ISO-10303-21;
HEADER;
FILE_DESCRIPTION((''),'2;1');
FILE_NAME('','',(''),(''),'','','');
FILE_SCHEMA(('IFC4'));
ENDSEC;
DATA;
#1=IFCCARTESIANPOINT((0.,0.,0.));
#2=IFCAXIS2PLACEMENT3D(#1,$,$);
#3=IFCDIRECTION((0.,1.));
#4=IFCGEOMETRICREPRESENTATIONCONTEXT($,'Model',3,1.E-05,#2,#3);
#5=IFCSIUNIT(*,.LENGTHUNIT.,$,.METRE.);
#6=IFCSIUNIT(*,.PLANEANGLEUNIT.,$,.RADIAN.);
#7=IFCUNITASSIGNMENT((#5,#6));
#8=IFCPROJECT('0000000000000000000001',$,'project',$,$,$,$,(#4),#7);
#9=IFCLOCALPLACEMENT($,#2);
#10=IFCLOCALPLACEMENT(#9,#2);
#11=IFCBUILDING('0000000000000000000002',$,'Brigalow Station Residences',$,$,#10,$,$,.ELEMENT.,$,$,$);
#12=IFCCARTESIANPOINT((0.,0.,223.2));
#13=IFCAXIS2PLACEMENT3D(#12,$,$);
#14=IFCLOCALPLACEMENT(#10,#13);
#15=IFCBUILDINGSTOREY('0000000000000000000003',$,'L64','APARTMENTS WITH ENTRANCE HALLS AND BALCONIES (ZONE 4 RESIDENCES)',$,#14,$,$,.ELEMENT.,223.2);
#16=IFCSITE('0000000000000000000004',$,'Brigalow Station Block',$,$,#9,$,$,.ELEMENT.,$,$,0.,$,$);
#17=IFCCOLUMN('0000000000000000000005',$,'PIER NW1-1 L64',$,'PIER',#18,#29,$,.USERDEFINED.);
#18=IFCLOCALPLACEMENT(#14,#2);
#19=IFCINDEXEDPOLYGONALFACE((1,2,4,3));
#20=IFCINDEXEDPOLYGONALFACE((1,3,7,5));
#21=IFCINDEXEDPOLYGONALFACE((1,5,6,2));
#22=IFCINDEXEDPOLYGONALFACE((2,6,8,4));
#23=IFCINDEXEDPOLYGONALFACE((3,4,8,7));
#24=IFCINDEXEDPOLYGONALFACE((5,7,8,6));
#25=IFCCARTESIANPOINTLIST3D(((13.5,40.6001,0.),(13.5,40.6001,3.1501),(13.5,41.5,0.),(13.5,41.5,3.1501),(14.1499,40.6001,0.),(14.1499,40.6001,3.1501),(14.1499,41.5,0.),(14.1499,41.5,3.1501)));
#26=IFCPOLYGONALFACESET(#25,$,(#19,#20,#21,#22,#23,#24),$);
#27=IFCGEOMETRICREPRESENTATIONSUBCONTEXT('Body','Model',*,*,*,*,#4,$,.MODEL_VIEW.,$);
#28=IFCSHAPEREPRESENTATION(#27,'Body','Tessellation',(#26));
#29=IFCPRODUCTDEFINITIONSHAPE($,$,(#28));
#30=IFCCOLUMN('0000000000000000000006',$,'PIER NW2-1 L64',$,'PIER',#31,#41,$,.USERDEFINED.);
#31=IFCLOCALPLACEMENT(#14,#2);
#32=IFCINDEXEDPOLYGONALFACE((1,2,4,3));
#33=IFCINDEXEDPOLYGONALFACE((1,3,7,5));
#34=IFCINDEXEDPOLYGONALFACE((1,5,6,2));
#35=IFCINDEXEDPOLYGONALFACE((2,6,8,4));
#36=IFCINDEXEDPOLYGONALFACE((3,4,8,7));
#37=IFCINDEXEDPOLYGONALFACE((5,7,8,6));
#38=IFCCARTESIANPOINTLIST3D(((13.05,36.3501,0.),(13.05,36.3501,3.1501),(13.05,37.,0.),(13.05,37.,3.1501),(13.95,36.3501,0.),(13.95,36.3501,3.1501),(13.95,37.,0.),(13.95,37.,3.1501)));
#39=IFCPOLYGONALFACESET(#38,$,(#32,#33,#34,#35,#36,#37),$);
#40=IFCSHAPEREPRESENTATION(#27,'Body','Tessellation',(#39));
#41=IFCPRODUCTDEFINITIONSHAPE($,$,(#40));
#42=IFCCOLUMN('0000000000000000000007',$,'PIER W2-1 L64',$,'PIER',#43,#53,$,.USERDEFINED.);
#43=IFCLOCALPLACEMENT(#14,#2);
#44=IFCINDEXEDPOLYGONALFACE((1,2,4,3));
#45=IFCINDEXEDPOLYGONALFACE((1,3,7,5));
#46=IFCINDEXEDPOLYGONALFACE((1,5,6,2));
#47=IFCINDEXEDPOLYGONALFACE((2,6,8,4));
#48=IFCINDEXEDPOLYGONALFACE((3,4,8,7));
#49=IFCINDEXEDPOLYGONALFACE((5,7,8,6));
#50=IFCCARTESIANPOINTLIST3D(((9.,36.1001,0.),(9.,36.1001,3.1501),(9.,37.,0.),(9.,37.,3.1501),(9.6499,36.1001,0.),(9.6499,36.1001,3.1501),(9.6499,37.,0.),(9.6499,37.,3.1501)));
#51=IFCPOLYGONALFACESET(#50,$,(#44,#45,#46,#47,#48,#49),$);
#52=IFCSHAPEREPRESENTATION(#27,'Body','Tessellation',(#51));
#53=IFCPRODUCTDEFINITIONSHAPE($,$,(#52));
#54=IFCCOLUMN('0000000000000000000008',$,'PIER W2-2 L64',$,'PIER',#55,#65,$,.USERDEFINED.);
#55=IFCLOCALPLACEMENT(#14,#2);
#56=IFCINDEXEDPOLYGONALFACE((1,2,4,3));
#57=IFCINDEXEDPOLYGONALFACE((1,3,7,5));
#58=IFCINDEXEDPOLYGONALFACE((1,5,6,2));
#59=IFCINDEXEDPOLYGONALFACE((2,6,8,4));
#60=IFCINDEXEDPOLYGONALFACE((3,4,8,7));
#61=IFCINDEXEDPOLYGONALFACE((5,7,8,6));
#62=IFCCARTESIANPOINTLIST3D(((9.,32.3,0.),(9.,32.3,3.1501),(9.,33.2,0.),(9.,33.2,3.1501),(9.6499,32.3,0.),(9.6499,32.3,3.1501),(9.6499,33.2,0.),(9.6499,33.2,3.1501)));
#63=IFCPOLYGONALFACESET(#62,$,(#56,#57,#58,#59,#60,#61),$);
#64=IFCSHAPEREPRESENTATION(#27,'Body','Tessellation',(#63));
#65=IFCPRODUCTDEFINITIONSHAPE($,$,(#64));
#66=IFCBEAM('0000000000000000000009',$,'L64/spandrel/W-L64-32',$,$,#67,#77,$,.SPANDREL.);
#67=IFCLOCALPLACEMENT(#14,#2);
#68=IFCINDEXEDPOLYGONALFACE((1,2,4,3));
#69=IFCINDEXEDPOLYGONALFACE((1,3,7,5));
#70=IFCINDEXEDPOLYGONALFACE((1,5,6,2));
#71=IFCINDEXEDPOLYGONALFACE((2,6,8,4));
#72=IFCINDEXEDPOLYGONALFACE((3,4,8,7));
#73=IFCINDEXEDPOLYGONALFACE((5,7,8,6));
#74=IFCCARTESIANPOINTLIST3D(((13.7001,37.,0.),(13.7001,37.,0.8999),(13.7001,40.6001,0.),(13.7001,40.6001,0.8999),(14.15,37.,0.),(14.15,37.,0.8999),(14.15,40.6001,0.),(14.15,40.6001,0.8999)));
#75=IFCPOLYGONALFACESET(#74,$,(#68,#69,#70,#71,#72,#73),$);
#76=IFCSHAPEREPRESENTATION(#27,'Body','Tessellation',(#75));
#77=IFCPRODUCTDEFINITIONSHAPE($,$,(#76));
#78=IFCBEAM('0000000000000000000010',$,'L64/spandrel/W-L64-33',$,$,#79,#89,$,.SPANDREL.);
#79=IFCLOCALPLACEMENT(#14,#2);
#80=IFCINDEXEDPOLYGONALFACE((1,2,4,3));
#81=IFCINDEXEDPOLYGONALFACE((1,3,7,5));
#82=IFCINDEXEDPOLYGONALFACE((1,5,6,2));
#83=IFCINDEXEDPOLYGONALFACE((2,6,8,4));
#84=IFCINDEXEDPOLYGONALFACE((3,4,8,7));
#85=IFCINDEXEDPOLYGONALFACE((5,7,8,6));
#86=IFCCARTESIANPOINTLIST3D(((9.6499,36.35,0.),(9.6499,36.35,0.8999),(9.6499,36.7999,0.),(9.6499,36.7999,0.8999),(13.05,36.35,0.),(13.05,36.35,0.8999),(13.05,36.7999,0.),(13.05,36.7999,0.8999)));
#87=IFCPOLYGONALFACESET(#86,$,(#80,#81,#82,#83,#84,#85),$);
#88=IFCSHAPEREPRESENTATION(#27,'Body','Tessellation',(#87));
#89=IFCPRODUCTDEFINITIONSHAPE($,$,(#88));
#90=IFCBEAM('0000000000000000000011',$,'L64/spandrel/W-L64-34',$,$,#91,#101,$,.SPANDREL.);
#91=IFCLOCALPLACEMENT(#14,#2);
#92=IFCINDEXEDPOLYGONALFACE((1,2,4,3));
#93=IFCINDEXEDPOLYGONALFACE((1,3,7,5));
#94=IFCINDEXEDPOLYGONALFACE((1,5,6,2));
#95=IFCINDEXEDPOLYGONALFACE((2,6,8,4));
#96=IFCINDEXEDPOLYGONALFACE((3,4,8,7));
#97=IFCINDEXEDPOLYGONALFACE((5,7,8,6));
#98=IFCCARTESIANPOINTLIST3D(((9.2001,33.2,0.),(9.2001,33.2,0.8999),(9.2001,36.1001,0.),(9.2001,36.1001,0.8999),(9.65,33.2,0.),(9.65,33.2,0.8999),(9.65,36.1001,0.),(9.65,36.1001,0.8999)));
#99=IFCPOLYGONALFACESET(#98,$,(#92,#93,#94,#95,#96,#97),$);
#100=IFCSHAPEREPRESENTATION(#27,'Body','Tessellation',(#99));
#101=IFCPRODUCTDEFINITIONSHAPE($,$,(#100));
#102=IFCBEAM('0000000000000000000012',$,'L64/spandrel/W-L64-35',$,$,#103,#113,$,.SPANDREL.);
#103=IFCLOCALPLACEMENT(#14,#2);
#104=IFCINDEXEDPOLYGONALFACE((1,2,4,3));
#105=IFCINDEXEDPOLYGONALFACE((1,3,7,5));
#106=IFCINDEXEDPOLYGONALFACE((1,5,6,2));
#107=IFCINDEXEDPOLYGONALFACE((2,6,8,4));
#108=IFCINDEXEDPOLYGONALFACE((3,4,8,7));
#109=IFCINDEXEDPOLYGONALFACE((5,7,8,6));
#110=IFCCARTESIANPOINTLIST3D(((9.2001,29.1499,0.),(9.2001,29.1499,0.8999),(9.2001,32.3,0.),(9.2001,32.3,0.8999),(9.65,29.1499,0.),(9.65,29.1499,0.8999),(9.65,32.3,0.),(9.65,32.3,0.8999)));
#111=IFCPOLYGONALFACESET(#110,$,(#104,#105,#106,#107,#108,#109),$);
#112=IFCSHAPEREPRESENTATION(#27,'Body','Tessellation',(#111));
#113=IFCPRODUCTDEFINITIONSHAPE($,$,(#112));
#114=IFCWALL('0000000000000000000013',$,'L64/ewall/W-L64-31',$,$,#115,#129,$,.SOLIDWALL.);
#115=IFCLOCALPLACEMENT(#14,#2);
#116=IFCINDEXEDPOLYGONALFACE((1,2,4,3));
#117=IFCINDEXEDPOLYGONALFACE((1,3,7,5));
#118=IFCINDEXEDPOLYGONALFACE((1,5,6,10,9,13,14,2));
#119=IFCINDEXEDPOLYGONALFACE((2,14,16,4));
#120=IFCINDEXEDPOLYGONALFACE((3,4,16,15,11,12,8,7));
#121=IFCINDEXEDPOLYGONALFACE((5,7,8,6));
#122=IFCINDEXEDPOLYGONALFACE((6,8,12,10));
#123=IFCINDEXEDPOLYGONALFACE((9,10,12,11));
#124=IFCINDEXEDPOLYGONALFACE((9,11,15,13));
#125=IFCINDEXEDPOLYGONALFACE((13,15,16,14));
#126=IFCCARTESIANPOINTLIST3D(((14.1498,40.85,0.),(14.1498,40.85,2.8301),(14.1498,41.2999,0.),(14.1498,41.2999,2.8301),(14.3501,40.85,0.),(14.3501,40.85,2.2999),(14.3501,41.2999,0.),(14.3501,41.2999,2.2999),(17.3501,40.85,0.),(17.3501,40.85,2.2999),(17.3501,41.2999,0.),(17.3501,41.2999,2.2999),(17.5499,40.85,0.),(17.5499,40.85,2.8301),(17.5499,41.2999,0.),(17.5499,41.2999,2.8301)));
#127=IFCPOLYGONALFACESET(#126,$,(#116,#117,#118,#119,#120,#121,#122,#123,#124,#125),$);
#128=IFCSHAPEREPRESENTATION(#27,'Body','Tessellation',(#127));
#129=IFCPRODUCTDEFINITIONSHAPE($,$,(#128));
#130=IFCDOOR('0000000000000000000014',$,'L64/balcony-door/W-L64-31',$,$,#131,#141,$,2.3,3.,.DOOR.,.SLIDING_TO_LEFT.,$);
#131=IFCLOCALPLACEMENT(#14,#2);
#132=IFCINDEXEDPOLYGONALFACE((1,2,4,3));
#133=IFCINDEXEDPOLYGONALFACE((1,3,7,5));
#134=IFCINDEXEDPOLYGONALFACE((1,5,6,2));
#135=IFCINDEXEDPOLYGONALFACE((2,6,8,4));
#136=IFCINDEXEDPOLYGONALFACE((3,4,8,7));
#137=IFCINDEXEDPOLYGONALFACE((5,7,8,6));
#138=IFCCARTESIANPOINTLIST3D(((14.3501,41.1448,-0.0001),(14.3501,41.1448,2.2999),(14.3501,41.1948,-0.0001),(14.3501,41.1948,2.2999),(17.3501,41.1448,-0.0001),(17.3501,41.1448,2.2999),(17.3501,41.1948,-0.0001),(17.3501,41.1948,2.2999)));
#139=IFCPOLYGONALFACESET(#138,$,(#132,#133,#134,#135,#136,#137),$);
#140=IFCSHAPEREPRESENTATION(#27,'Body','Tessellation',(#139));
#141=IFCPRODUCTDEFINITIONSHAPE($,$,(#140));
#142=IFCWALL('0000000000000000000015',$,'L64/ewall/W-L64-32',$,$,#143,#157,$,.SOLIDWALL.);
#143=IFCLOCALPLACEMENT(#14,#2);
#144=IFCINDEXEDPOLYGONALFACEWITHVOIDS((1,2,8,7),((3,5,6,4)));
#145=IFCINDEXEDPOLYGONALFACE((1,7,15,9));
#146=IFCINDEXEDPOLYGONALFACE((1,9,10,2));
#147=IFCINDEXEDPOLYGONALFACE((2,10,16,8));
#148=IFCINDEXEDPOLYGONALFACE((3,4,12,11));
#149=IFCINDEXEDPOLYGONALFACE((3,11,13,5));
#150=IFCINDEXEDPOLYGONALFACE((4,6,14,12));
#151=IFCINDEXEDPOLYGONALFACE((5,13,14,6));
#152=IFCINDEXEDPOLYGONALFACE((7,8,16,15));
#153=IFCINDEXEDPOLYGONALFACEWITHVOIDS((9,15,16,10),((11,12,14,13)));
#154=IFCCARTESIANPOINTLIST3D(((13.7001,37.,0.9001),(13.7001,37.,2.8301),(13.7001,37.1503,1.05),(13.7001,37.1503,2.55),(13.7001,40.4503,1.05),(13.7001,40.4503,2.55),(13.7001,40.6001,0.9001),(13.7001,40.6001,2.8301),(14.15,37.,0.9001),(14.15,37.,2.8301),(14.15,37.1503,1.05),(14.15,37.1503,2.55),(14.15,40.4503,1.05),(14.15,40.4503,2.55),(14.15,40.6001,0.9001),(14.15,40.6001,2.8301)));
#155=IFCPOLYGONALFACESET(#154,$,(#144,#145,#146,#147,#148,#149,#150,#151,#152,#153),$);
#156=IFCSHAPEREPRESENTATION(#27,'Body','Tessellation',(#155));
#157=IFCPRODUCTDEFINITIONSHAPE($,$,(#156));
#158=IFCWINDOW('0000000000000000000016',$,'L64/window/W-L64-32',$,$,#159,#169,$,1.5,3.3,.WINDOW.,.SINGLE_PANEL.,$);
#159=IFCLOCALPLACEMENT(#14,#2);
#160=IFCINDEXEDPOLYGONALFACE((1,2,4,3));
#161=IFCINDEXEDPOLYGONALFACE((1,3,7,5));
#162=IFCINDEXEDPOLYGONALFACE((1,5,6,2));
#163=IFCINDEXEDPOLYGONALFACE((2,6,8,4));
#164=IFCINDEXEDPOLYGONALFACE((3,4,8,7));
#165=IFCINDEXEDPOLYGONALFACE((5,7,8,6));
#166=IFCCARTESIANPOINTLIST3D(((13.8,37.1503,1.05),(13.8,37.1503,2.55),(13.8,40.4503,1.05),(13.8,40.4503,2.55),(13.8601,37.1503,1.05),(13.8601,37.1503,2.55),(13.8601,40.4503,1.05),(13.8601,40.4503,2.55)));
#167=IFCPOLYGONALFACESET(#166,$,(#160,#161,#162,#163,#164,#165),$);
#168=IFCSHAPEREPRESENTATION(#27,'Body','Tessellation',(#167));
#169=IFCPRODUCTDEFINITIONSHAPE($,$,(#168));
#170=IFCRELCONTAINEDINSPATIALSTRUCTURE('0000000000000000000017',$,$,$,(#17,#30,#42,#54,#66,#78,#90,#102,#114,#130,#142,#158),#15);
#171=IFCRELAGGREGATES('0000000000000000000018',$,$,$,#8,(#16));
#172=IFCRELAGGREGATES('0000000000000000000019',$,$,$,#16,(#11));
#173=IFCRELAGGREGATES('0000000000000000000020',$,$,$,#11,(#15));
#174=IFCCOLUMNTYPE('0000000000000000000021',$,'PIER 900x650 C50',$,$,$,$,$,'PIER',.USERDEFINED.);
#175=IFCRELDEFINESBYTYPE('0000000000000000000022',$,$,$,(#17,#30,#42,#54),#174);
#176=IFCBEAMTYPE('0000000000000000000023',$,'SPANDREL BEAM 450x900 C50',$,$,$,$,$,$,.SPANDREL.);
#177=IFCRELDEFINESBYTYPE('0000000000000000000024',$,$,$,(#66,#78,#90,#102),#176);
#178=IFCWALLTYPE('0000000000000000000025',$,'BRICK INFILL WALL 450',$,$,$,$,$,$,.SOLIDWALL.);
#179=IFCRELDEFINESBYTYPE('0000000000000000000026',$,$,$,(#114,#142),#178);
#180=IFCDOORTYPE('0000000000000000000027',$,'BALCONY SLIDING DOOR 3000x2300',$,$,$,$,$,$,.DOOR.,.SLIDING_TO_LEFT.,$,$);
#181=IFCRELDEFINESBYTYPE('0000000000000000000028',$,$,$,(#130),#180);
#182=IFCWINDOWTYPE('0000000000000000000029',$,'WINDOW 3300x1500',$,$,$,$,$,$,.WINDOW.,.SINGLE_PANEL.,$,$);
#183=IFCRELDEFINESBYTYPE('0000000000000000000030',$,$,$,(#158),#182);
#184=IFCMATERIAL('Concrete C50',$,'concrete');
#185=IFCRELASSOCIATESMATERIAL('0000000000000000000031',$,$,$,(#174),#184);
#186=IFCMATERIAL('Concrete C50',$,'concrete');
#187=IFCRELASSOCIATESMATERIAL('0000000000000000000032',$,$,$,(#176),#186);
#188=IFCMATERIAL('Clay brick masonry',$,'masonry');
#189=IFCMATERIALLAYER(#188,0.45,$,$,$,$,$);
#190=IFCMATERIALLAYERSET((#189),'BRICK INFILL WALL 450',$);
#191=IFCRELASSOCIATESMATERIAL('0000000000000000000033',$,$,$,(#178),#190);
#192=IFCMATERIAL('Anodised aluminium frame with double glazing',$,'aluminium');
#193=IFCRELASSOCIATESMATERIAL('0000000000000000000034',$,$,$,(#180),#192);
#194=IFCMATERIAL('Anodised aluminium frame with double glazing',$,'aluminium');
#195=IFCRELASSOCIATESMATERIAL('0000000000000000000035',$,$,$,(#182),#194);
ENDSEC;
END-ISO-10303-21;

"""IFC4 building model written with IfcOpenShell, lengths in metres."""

from ifc_helpers import new_model, si_unit, direction, frame, frame_2d, origin, origin_2d, place, context, subcontext, project, spatial, rectangle, extrude, material, layer, layer_set, material_profile, profile_set, type_object, element, fill, save


model = new_model("IFC4")

# Units and contexts
model_context = context("Model", 3, precision=1e-05, world=origin(), true_north=direction((0.0, 1.0)))
body_context = subcontext(model_context, "Body", "Model", "MODEL_VIEW")
ifc_project = project(units=[si_unit("LENGTHUNIT", "METRE"), si_unit("PLANEANGLEUNIT", "RADIAN")], contexts=[model_context])

# Site, building, storey
site_placement = place(None, origin())
site = spatial("IfcSite", under=ifc_project, at=site_placement, Name="Brigalow Station Block", CompositionType="ELEMENT", RefElevation=0.0)
building_placement = place(site_placement, origin())
building = spatial("IfcBuilding", under=site, at=building_placement, Name="Brigalow Station Residences", CompositionType="ELEMENT")
storey_placement = place(building_placement, frame((0.0, 0.0, 223.2)))
storey = spatial("IfcBuildingStorey", under=building, at=storey_placement, Name="L64", Description="APARTMENTS WITH ENTRANCE HALLS AND BALCONIES (ZONE 4 RESIDENCES)", CompositionType="ELEMENT", Elevation=223.2)

# Columns
ifc_material_1 = material(Name="Concrete C50", Category="concrete")
ifc_material_profile_1 = material_profile(ifc_material_1, rectangle(XDim=0.8999, YDim=0.6499, at=origin_2d()), Name="RC900x650")
ifc_profile_set_1 = profile_set([ifc_material_profile_1], Name="Concrete C50")
column_type = type_object("IfcColumnType", Name="PIER 900x650 C50", ElementType="PIER", PredefinedType="USERDEFINED", material=ifc_profile_set_1)
for number, where, z_axis, x_axis, name in (
    (1, (13.825, 41.05, 0.0), (0.0, 0.0, 1.0), (0.0, -1.0, 0.0), "PIER NW1-1 L64"),
    (2, (13.5, 36.675, 0.0), (0.0, 0.0, 1.0), (-1.0, 0.0, 0.0), "PIER NW2-1 L64"),
    (3, (9.325, 36.55, 0.0), (0.0, 0.0, 1.0), (0.0, -1.0, 0.0), "PIER W2-1 L64"),
    (4, (9.325, 32.75, 0.0), (0.0, 0.0, 1.0), (0.0, -1.0, 0.0), "PIER W2-2 L64"),
):
    element("IfcColumn", number, at=place(storey_placement, frame(where, z_axis=z_axis, x_axis=x_axis)), inside=storey, type_object=column_type, Name=name, ObjectType="PIER", PredefinedType="USERDEFINED", context=body_context, shape_type="SweptSolid", body=[
        extrude(rectangle(XDim=0.8999, YDim=0.6499, at=origin_2d()), origin(), (0.0, 0.0, 1.0), 3.1501),
    ])

# Beams
ifc_material_2 = material(Name="Concrete C50", Category="concrete")
ifc_material_profile_2 = material_profile(ifc_material_2, rectangle(XDim=0.45, YDim=0.8999, at=origin_2d()), Name="RC450x900")
ifc_profile_set_2 = profile_set([ifc_material_profile_2], Name="Concrete C50")
beam_type = type_object("IfcBeamType", Name="SPANDREL BEAM 450x900 C50", PredefinedType="SPANDREL", material=ifc_profile_set_2)
beam_1_placement = place(storey_placement, frame((13.925, 40.6001, 0.45), z_axis=(0.0, -1.0, 0.0), x_axis=(1.0, 0.0, 0.0)))
element("IfcBeam", 5, at=beam_1_placement, inside=storey, type_object=beam_type, Name="L64/spandrel/W-L64-32", PredefinedType="SPANDREL", context=body_context, shape_type="SweptSolid", body=[
    extrude(rectangle(XDim=0.45, YDim=0.8999, at=origin_2d()), origin(), (0.0, 0.0, 1.0), 3.6001),
])
beam_2_placement = place(storey_placement, frame((13.05, 36.575, 0.45), z_axis=(-1.0, 0.0, 0.0), x_axis=(0.0, -1.0, 0.0)))
element("IfcBeam", 6, at=beam_2_placement, inside=storey, type_object=beam_type, Name="L64/spandrel/W-L64-33", PredefinedType="SPANDREL", context=body_context, shape_type="SweptSolid", body=[
    extrude(rectangle(XDim=0.45, YDim=0.8999, at=origin_2d()), origin(), (0.0, 0.0, 1.0), 3.4001),
])
beam_3_placement = place(storey_placement, frame((9.425, 36.1001, 0.45), z_axis=(0.0, -1.0, 0.0), x_axis=(1.0, 0.0, 0.0)))
element("IfcBeam", 7, at=beam_3_placement, inside=storey, type_object=beam_type, Name="L64/spandrel/W-L64-34", PredefinedType="SPANDREL", context=body_context, shape_type="SweptSolid", body=[
    extrude(rectangle(XDim=0.45, YDim=0.8999, at=origin_2d()), origin(), (0.0, 0.0, 1.0), 2.9001),
])
beam_4_placement = place(storey_placement, frame((9.425, 32.3, 0.45), z_axis=(0.0, -1.0, 0.0), x_axis=(1.0, 0.0, 0.0)))
element("IfcBeam", 8, at=beam_4_placement, inside=storey, type_object=beam_type, Name="L64/spandrel/W-L64-35", PredefinedType="SPANDREL", context=body_context, shape_type="SweptSolid", body=[
    extrude(rectangle(XDim=0.45, YDim=0.8999, at=origin_2d()), origin(), (0.0, 0.0, 1.0), 3.1501),
])

# Wall, opening, door
ifc_material_3 = material(Name="Clay brick masonry", Category="masonry")
ifc_layer_1 = layer(ifc_material_3, 0.45)
ifc_layer_set_1 = layer_set([ifc_layer_1], Name="BRICK INFILL WALL 450")
wall_type_1 = type_object("IfcWallType", Name="BRICK INFILL WALL 450", PredefinedType="SOLIDWALL", material=ifc_layer_set_1)
wall_1_placement = place(storey_placement, frame((17.55, 41.075, 0.0), z_axis=(0.0, 0.0, 1.0), x_axis=(-1.0, 0.0, 0.0)))
wall_1 = element("IfcWall", 9, at=wall_1_placement, inside=storey, type_object=wall_type_1, Name="L64/ewall/W-L64-31", PredefinedType="SOLIDWALL", context=body_context, shape_type="SweptSolid", body=[
    extrude(rectangle(XDim=3.4001, YDim=0.45, at=frame_2d((1.7002, 0.0))), origin(), (0.0, 0.0, 1.0), 2.8301),
])
opening_1_placement = place(wall_1_placement, frame((0.2, 0.0, 0.0)))
opening_1 = element("IfcOpeningElement", 10, at=opening_1_placement, cuts=wall_1, PredefinedType="OPENING", context=body_context, shape_type="SweptSolid", body=[
    extrude(rectangle(XDim=3.0, YDim=2.3, at=frame_2d((1.5, 1.1499))), frame((0.0, 0.2349, 0.0), z_axis=(0.0, -1.0, 0.0), x_axis=(1.0, 0.0, 0.0)), (0.0, 0.0, 1.0), 0.47),
])
ifc_material_4 = material(Name="Anodised aluminium frame with double glazing", Category="aluminium")
door_type_1 = type_object("IfcDoorType", Name="BALCONY SLIDING DOOR 3000x2300", OperationType="SLIDING_TO_LEFT", PredefinedType="DOOR", material=ifc_material_4)
door_1_placement = place(opening_1_placement, origin())
door_1 = element("IfcDoor", 11, at=door_1_placement, inside=storey, type_object=door_type_1, Name="L64/balcony-door/W-L64-31", OperationType="SLIDING_TO_LEFT", OverallHeight=2.3, OverallWidth=3.0, PredefinedType="DOOR", context=body_context, shape_type="SweptSolid", body=[
    extrude(rectangle(XDim=3.0, YDim=2.3, at=frame_2d((1.5, 1.1499))), frame((0.0, -0.0698, 0.0), z_axis=(0.0, -1.0, 0.0), x_axis=(1.0, 0.0, 0.0)), (0.0, 0.0, 1.0), 0.05),
])
fill(opening_1, door_1)

# Wall, opening, window
wall_2_placement = place(storey_placement, frame((13.925, 40.6001, 0.9001), z_axis=(0.0, 0.0, 1.0), x_axis=(0.0, -1.0, 0.0)))
wall_2 = element("IfcWall", 12, at=wall_2_placement, inside=storey, type_object=wall_type_1, Name="L64/ewall/W-L64-32", PredefinedType="SOLIDWALL", context=body_context, shape_type="SweptSolid", body=[
    extrude(rectangle(XDim=3.6001, YDim=0.45, at=frame_2d((1.8, 0.0))), origin(), (0.0, 0.0, 1.0), 1.9299),
])
opening_2_placement = place(wall_2_placement, frame((0.1499, 0.0, 0.1499)))
opening_2 = element("IfcOpeningElement", 13, at=opening_2_placement, cuts=wall_2, PredefinedType="OPENING", context=body_context, shape_type="SweptSolid", body=[
    extrude(rectangle(XDim=3.3, YDim=1.5, at=frame_2d((1.6499, 0.75))), frame((0.0, 0.2349, 0.0), z_axis=(0.0, -1.0, 0.0), x_axis=(1.0, 0.0, 0.0)), (0.0, 0.0, 1.0), 0.47),
])
ifc_material_5 = material(Name="Anodised aluminium frame with double glazing", Category="aluminium")
window_type_1 = type_object("IfcWindowType", Name="WINDOW 3300x1500", PartitioningType="SINGLE_PANEL", PredefinedType="WINDOW", material=ifc_material_5)
window_1_placement = place(opening_2_placement, origin())
window_1 = element("IfcWindow", 14, at=window_1_placement, inside=storey, type_object=window_type_1, Name="L64/window/W-L64-32", OverallHeight=1.5, OverallWidth=3.3, PartitioningType="SINGLE_PANEL", PredefinedType="WINDOW", context=body_context, shape_type="SweptSolid", body=[
    extrude(rectangle(XDim=3.3, YDim=1.5, at=frame_2d((1.6499, 0.75))), frame((0.0, -0.0649, 0.0), z_axis=(0.0, -1.0, 0.0), x_axis=(1.0, 0.0, 0.0)), (0.0, 0.0, 1.0), 0.0601),
])
fill(opening_2, window_1)

save(model, "model.ifc")
